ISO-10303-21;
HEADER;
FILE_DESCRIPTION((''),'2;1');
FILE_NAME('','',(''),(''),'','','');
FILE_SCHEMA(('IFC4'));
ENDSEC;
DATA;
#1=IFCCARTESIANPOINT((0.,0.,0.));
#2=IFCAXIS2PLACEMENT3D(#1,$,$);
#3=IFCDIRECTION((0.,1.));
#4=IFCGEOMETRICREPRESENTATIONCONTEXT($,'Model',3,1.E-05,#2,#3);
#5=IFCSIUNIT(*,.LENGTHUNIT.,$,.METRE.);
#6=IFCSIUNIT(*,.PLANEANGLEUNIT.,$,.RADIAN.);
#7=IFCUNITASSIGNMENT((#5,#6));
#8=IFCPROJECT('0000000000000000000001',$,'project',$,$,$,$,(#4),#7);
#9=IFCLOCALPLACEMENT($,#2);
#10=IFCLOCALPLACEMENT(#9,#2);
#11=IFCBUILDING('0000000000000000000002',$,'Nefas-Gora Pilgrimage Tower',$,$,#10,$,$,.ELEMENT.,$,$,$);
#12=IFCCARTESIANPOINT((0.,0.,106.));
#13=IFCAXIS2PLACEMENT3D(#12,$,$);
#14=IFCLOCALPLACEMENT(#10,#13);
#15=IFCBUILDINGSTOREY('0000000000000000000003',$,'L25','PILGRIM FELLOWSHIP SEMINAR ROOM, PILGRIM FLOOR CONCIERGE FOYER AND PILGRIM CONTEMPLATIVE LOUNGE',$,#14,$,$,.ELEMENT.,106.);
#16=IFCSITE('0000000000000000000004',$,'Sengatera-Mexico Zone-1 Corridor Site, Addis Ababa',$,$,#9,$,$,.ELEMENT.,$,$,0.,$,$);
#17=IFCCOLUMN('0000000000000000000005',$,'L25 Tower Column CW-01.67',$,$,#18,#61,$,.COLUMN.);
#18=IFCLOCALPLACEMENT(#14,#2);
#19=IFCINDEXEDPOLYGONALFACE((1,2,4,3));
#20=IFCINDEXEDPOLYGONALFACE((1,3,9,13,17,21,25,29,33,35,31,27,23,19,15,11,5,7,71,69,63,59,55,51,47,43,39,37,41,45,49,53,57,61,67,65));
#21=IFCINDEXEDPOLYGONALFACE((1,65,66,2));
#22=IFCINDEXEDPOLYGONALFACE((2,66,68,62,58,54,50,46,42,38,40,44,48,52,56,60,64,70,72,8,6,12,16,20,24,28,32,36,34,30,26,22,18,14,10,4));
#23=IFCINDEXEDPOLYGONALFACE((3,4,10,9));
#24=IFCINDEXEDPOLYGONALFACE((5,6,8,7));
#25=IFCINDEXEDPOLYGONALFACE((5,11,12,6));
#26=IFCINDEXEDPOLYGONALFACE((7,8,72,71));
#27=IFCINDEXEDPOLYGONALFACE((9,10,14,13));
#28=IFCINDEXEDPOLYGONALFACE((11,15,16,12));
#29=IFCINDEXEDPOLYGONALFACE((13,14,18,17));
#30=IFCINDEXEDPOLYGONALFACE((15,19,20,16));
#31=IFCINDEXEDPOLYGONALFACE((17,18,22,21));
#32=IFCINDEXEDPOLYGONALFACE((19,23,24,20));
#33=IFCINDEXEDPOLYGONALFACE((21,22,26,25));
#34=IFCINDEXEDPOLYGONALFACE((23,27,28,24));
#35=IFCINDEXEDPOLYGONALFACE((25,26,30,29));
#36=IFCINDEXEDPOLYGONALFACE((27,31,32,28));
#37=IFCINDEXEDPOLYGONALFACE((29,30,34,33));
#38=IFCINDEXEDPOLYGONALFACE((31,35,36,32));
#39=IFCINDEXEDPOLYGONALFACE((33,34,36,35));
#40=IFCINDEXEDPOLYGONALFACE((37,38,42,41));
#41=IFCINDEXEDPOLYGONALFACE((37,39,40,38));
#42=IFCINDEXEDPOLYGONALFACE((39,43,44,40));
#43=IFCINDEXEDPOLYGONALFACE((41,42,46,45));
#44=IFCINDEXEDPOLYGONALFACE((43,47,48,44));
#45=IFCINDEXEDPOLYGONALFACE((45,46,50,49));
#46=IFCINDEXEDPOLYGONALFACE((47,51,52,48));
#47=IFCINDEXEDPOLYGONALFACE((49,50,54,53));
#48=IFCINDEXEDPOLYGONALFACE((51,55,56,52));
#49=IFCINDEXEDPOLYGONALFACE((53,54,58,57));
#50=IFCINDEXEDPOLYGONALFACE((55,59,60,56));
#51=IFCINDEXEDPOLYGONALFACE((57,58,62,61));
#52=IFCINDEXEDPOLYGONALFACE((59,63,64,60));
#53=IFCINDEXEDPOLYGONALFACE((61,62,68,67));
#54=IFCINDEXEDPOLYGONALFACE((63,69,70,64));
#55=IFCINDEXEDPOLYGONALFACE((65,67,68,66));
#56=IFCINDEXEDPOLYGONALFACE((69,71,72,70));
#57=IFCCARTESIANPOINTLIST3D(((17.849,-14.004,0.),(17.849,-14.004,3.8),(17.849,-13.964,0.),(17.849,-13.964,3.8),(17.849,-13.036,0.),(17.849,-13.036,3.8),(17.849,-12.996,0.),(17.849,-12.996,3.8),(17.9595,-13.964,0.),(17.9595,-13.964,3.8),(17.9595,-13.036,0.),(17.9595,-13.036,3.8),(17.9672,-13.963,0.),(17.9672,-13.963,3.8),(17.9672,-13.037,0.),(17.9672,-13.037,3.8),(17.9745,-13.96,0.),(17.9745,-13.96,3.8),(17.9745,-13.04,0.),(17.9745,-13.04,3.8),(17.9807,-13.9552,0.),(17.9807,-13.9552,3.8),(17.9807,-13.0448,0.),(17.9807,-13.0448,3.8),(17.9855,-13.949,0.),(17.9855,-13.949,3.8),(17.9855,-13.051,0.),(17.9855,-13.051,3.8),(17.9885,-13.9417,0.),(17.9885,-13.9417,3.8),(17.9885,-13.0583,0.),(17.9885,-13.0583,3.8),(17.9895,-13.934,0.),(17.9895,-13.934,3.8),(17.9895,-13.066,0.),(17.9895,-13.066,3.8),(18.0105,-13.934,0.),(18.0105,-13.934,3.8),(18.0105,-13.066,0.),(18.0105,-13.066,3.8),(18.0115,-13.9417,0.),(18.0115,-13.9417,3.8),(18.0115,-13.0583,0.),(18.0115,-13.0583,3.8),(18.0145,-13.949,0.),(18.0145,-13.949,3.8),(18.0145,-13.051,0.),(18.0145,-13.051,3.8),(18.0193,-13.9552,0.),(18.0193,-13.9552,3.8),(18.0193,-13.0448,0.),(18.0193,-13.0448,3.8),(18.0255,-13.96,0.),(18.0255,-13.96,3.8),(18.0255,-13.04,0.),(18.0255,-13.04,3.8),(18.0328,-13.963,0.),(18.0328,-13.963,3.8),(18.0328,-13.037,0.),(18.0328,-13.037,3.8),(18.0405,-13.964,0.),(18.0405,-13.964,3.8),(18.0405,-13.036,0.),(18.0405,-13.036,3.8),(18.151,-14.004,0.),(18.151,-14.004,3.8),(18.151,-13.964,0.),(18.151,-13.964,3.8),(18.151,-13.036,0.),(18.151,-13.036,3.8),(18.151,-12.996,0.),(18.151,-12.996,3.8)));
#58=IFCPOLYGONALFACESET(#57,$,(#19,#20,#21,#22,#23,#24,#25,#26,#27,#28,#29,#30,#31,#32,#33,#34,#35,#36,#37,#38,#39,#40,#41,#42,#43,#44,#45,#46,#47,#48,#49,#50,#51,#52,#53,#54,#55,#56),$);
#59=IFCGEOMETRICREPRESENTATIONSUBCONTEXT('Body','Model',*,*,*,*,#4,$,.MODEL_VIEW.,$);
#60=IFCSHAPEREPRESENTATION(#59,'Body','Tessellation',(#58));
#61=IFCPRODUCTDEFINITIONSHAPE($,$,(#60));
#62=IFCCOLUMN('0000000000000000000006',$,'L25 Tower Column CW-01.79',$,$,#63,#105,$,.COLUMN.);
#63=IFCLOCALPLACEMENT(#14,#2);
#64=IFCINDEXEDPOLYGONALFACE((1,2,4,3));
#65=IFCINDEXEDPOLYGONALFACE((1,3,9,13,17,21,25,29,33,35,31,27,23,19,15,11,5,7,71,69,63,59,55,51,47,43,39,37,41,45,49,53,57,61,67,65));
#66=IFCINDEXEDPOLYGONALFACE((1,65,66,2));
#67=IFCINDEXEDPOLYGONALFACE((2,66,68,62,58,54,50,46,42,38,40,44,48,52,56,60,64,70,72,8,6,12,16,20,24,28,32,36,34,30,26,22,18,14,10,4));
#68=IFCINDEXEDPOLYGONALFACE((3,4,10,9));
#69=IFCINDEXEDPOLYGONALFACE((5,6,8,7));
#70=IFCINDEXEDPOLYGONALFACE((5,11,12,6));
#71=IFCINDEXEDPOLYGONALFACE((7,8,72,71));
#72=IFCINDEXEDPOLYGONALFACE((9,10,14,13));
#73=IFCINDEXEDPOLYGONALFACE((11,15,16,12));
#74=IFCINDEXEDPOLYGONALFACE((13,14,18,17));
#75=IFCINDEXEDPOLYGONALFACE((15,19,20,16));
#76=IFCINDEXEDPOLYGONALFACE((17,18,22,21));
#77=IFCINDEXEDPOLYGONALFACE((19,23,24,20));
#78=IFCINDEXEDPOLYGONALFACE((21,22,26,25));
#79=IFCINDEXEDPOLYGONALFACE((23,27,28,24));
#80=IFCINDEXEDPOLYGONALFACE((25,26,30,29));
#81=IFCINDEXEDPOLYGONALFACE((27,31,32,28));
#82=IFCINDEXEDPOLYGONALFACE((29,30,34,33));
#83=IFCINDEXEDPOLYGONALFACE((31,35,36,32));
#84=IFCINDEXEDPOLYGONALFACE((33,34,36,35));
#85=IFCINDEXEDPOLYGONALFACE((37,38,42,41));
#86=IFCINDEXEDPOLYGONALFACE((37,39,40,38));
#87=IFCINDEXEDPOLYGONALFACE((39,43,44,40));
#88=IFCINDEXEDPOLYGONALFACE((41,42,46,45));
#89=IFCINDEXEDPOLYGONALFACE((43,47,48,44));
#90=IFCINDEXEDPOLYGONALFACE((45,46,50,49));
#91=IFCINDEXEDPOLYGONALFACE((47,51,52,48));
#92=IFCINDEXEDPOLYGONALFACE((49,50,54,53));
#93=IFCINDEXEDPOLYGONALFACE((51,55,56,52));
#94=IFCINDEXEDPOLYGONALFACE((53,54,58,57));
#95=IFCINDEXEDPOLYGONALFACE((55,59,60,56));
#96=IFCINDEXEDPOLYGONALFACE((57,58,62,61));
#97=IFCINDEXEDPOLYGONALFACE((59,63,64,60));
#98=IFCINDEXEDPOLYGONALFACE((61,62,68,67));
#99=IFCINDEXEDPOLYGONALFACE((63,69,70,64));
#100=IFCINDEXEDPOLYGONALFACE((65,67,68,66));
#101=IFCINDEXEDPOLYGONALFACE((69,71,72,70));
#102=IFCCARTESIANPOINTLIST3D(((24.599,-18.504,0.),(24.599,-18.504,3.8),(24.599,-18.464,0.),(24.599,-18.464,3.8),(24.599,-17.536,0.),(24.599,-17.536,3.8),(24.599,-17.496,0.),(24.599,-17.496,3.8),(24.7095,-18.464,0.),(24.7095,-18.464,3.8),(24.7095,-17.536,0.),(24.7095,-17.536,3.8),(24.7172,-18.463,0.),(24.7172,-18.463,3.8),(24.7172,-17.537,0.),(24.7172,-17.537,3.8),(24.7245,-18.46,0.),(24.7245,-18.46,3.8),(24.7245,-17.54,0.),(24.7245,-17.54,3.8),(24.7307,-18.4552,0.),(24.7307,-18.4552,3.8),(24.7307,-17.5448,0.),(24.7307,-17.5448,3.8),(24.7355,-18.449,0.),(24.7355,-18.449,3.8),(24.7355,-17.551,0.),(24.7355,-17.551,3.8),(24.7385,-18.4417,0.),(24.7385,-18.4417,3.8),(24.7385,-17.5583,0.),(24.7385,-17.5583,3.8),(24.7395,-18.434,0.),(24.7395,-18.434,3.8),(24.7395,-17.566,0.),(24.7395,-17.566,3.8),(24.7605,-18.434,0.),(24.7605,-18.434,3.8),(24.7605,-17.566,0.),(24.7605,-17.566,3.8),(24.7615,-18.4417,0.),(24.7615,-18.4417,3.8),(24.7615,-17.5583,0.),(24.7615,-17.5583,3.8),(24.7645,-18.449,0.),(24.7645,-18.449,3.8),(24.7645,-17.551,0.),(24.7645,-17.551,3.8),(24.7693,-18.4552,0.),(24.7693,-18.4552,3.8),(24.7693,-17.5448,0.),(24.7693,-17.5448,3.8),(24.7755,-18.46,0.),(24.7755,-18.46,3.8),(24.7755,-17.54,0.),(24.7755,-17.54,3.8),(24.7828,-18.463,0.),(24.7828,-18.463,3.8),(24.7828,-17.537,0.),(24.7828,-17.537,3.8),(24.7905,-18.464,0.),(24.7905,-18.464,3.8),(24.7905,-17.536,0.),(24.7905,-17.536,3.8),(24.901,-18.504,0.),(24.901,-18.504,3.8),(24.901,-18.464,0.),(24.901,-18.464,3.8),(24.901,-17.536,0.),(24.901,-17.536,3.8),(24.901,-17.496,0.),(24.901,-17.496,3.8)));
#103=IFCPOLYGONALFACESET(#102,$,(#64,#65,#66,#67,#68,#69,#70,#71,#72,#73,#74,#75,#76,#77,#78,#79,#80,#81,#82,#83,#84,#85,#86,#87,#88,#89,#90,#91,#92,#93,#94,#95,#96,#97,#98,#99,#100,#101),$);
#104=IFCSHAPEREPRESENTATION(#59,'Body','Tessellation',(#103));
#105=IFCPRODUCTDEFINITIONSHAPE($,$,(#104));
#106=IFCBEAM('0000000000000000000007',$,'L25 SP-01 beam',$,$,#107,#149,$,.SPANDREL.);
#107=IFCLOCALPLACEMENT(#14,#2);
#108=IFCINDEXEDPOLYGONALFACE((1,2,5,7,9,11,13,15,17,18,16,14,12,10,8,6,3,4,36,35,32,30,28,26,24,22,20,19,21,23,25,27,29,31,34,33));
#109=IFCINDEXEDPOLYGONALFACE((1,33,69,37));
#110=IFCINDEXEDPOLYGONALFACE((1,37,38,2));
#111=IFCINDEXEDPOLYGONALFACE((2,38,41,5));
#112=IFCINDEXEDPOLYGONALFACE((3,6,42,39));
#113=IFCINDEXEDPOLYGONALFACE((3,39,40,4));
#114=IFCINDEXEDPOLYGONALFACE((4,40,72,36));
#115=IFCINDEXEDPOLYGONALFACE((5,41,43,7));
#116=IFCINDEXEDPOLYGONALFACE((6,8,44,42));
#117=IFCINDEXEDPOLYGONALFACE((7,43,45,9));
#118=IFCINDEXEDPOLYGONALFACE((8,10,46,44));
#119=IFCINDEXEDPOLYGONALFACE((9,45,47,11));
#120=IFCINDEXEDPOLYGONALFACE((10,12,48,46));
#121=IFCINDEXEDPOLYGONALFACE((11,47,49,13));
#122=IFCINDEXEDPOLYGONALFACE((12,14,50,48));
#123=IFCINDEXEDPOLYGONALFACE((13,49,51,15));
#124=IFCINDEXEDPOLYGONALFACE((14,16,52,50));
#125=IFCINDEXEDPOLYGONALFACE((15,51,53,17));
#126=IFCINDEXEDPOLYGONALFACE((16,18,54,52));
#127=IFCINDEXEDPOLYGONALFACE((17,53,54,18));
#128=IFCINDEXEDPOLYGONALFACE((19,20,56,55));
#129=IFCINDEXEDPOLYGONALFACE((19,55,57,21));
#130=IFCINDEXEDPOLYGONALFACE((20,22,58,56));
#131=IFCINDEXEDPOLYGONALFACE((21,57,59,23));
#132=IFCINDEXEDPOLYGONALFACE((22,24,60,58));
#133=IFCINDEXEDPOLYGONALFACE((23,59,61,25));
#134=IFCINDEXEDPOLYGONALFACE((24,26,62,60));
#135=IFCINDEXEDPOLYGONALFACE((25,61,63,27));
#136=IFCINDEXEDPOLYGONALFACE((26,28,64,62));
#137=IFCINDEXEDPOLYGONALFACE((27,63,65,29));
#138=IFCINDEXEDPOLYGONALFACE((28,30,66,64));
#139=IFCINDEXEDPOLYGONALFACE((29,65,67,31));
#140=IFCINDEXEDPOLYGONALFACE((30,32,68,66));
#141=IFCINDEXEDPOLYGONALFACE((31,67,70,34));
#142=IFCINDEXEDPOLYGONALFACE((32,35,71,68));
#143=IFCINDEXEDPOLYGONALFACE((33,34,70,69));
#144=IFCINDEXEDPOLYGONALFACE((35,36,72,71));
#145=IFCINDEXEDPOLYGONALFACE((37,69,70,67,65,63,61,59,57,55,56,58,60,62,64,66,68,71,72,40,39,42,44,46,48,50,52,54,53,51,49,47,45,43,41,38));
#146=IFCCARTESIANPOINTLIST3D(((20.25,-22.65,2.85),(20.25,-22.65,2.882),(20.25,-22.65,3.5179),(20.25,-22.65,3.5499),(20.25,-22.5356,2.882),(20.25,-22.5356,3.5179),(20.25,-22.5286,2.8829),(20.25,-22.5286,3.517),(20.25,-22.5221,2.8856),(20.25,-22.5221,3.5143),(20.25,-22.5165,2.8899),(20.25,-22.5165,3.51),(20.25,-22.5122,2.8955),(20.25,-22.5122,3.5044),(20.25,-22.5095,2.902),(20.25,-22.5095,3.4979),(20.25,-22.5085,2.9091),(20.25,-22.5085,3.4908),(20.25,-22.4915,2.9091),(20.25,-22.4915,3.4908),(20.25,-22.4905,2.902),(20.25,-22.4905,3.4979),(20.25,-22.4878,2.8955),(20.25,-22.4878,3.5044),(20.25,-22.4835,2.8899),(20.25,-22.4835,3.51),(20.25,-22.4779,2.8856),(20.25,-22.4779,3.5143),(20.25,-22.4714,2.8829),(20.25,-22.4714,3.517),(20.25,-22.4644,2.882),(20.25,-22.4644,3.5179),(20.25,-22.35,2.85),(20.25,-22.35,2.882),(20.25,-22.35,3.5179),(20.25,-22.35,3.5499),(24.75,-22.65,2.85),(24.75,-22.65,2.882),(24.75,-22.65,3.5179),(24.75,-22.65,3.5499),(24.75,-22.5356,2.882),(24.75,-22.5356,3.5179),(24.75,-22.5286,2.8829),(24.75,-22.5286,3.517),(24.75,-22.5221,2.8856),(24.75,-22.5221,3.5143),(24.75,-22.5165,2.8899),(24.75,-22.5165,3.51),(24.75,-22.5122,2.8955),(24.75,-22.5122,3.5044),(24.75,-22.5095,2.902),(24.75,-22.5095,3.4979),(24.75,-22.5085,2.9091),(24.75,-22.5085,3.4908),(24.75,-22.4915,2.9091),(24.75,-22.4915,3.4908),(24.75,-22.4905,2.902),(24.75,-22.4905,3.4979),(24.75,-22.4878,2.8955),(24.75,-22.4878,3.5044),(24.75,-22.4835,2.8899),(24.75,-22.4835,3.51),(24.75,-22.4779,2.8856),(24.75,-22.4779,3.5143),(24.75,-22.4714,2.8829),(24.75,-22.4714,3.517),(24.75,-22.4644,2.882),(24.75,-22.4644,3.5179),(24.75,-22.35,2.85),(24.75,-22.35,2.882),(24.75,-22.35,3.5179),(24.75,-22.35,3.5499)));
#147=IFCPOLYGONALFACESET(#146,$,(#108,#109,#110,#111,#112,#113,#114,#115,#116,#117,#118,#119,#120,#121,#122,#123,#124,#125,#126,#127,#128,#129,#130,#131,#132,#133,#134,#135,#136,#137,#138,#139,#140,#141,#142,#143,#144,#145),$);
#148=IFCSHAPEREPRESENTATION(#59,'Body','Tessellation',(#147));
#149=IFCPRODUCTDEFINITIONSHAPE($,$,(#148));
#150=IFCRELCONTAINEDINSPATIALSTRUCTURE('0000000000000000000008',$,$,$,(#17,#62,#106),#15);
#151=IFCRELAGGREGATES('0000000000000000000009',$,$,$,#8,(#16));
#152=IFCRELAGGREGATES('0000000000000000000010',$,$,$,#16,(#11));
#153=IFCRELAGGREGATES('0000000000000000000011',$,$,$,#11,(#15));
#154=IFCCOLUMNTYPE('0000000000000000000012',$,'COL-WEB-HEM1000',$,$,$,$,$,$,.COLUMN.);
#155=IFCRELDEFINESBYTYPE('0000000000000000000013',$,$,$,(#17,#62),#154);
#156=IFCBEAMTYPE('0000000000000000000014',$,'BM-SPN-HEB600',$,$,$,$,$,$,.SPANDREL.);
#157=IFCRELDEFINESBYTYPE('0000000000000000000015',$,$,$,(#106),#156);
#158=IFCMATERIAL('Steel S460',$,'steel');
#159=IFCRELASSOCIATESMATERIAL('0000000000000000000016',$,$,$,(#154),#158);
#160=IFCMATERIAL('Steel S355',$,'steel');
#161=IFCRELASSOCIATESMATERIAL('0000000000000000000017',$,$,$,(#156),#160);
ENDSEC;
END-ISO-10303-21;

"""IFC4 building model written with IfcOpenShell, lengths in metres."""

from ifc_helpers import new_model, si_unit, direction, frame, origin, origin_2d, place, context, subcontext, project, spatial, i_section, extrude, source, transform, mapped, material, material_profile, profile_set, type_object, element, save


model = new_model("IFC4")

# Units and contexts
model_context = context("Model", 3, precision=1e-05, world=origin(), true_north=direction((0.0, 1.0)))
body_context = subcontext(model_context, "Body", "Model", "MODEL_VIEW")
ifc_project = project(units=[si_unit("LENGTHUNIT", "METRE"), si_unit("PLANEANGLEUNIT", "RADIAN")], contexts=[model_context])

# Site, building, storey
site_placement = place(None, origin())
site = spatial("IfcSite", under=ifc_project, at=site_placement, Name="Sengatera-Mexico Zone-1 Corridor Site, Addis Ababa", CompositionType="ELEMENT", RefElevation=0.0)
building_placement = place(site_placement, origin())
building = spatial("IfcBuilding", under=site, at=building_placement, Name="Nefas-Gora Pilgrimage Tower", CompositionType="ELEMENT")
storey_placement = place(building_placement, frame((0.0, 0.0, 106.0)))
storey = spatial("IfcBuildingStorey", under=building, at=storey_placement, Name="L25", Description="PILGRIM FELLOWSHIP SEMINAR ROOM, PILGRIM FLOOR CONCIERGE FOYER AND PILGRIM CONTEMPLATIVE LOUNGE", CompositionType="ELEMENT", Elevation=106.0)

# Columns
ifc_material_1 = material(Name="Steel S460", Category="steel")
ifc_material_profile_1 = material_profile(ifc_material_1, i_section(OverallWidth=0.302, OverallDepth=1.0081, WebThickness=0.021, FlangeThickness=0.04, FilletRadius=0.03, at=origin_2d()), Name="HEM 1000")
ifc_profile_set_1 = profile_set([ifc_material_profile_1], Name="Steel S460")
column_type_1 = type_object("IfcColumnType", Name="COL-WEB-HEM1000", PredefinedType="COLUMN", material=ifc_profile_set_1)
shared_shape_1 = source(origin(), body_context, "Body", "SweptSolid", [
    extrude(i_section(OverallWidth=0.302, OverallDepth=1.0081, WebThickness=0.021, FlangeThickness=0.04, FilletRadius=0.03, at=origin_2d()), origin(), (0.0, 0.0, 1.0), 3.8),
])
for number, where, z_axis, x_axis, name in (
    (1, (18.0, -13.5, 0.0), (0.0, 0.0, 1.0), (1.0, 0.0, 0.0), "L25 Tower Column CW-01.67"),
    (2, (24.75, -18.0, 0.0), (0.0, 0.0, 1.0), (1.0, 0.0, 0.0), "L25 Tower Column CW-01.79"),
):
    element("IfcColumn", number, at=place(storey_placement, frame(where, z_axis=z_axis, x_axis=x_axis)), inside=storey, type_object=column_type_1, Name=name, PredefinedType="COLUMN", context=body_context, shape_type="MappedRepresentation", body=[
        mapped(shared_shape_1, transform((0.0, 0.0, 0.0), x_axis=(1.0, 0.0, 0.0), y_axis=(0.0, 1.0, 0.0), z_axis=(0.0, 0.0, 1.0), scale=1.0)),
    ])

# Beam
ifc_material_2 = material(Name="Steel S355", Category="steel")
ifc_material_profile_2 = material_profile(ifc_material_2, i_section(OverallWidth=0.3, OverallDepth=0.7, WebThickness=0.0171, FlangeThickness=0.032, FilletRadius=0.0271, at=origin_2d()), Name="HEB 700")
ifc_profile_set_2 = profile_set([ifc_material_profile_2], Name="Steel S355")
beam_type_1 = type_object("IfcBeamType", Name="BM-SPN-HEB600", PredefinedType="SPANDREL", material=ifc_profile_set_2)
shared_shape_2 = source(origin(), body_context, "Body", "SweptSolid", [
    extrude(i_section(OverallWidth=0.3, OverallDepth=0.7, WebThickness=0.0171, FlangeThickness=0.032, FilletRadius=0.0271, at=origin_2d()), origin(), (0.0, 0.0, 1.0), 4.5),
])
beam_1_placement = place(storey_placement, frame((20.25, -22.5, 3.2), z_axis=(1.0, 0.0, 0.0), x_axis=(0.0, 1.0, 0.0)))
element("IfcBeam", 3, at=beam_1_placement, inside=storey, type_object=beam_type_1, Name="L25 SP-01 beam", PredefinedType="SPANDREL", context=body_context, shape_type="MappedRepresentation", body=[
    mapped(shared_shape_2, transform((0.0, 0.0, 0.0), x_axis=(1.0, 0.0, 0.0), y_axis=(0.0, 1.0, 0.0), z_axis=(0.0, 0.0, 1.0), scale=1.0)),
])

save(model, "model.ifc")
